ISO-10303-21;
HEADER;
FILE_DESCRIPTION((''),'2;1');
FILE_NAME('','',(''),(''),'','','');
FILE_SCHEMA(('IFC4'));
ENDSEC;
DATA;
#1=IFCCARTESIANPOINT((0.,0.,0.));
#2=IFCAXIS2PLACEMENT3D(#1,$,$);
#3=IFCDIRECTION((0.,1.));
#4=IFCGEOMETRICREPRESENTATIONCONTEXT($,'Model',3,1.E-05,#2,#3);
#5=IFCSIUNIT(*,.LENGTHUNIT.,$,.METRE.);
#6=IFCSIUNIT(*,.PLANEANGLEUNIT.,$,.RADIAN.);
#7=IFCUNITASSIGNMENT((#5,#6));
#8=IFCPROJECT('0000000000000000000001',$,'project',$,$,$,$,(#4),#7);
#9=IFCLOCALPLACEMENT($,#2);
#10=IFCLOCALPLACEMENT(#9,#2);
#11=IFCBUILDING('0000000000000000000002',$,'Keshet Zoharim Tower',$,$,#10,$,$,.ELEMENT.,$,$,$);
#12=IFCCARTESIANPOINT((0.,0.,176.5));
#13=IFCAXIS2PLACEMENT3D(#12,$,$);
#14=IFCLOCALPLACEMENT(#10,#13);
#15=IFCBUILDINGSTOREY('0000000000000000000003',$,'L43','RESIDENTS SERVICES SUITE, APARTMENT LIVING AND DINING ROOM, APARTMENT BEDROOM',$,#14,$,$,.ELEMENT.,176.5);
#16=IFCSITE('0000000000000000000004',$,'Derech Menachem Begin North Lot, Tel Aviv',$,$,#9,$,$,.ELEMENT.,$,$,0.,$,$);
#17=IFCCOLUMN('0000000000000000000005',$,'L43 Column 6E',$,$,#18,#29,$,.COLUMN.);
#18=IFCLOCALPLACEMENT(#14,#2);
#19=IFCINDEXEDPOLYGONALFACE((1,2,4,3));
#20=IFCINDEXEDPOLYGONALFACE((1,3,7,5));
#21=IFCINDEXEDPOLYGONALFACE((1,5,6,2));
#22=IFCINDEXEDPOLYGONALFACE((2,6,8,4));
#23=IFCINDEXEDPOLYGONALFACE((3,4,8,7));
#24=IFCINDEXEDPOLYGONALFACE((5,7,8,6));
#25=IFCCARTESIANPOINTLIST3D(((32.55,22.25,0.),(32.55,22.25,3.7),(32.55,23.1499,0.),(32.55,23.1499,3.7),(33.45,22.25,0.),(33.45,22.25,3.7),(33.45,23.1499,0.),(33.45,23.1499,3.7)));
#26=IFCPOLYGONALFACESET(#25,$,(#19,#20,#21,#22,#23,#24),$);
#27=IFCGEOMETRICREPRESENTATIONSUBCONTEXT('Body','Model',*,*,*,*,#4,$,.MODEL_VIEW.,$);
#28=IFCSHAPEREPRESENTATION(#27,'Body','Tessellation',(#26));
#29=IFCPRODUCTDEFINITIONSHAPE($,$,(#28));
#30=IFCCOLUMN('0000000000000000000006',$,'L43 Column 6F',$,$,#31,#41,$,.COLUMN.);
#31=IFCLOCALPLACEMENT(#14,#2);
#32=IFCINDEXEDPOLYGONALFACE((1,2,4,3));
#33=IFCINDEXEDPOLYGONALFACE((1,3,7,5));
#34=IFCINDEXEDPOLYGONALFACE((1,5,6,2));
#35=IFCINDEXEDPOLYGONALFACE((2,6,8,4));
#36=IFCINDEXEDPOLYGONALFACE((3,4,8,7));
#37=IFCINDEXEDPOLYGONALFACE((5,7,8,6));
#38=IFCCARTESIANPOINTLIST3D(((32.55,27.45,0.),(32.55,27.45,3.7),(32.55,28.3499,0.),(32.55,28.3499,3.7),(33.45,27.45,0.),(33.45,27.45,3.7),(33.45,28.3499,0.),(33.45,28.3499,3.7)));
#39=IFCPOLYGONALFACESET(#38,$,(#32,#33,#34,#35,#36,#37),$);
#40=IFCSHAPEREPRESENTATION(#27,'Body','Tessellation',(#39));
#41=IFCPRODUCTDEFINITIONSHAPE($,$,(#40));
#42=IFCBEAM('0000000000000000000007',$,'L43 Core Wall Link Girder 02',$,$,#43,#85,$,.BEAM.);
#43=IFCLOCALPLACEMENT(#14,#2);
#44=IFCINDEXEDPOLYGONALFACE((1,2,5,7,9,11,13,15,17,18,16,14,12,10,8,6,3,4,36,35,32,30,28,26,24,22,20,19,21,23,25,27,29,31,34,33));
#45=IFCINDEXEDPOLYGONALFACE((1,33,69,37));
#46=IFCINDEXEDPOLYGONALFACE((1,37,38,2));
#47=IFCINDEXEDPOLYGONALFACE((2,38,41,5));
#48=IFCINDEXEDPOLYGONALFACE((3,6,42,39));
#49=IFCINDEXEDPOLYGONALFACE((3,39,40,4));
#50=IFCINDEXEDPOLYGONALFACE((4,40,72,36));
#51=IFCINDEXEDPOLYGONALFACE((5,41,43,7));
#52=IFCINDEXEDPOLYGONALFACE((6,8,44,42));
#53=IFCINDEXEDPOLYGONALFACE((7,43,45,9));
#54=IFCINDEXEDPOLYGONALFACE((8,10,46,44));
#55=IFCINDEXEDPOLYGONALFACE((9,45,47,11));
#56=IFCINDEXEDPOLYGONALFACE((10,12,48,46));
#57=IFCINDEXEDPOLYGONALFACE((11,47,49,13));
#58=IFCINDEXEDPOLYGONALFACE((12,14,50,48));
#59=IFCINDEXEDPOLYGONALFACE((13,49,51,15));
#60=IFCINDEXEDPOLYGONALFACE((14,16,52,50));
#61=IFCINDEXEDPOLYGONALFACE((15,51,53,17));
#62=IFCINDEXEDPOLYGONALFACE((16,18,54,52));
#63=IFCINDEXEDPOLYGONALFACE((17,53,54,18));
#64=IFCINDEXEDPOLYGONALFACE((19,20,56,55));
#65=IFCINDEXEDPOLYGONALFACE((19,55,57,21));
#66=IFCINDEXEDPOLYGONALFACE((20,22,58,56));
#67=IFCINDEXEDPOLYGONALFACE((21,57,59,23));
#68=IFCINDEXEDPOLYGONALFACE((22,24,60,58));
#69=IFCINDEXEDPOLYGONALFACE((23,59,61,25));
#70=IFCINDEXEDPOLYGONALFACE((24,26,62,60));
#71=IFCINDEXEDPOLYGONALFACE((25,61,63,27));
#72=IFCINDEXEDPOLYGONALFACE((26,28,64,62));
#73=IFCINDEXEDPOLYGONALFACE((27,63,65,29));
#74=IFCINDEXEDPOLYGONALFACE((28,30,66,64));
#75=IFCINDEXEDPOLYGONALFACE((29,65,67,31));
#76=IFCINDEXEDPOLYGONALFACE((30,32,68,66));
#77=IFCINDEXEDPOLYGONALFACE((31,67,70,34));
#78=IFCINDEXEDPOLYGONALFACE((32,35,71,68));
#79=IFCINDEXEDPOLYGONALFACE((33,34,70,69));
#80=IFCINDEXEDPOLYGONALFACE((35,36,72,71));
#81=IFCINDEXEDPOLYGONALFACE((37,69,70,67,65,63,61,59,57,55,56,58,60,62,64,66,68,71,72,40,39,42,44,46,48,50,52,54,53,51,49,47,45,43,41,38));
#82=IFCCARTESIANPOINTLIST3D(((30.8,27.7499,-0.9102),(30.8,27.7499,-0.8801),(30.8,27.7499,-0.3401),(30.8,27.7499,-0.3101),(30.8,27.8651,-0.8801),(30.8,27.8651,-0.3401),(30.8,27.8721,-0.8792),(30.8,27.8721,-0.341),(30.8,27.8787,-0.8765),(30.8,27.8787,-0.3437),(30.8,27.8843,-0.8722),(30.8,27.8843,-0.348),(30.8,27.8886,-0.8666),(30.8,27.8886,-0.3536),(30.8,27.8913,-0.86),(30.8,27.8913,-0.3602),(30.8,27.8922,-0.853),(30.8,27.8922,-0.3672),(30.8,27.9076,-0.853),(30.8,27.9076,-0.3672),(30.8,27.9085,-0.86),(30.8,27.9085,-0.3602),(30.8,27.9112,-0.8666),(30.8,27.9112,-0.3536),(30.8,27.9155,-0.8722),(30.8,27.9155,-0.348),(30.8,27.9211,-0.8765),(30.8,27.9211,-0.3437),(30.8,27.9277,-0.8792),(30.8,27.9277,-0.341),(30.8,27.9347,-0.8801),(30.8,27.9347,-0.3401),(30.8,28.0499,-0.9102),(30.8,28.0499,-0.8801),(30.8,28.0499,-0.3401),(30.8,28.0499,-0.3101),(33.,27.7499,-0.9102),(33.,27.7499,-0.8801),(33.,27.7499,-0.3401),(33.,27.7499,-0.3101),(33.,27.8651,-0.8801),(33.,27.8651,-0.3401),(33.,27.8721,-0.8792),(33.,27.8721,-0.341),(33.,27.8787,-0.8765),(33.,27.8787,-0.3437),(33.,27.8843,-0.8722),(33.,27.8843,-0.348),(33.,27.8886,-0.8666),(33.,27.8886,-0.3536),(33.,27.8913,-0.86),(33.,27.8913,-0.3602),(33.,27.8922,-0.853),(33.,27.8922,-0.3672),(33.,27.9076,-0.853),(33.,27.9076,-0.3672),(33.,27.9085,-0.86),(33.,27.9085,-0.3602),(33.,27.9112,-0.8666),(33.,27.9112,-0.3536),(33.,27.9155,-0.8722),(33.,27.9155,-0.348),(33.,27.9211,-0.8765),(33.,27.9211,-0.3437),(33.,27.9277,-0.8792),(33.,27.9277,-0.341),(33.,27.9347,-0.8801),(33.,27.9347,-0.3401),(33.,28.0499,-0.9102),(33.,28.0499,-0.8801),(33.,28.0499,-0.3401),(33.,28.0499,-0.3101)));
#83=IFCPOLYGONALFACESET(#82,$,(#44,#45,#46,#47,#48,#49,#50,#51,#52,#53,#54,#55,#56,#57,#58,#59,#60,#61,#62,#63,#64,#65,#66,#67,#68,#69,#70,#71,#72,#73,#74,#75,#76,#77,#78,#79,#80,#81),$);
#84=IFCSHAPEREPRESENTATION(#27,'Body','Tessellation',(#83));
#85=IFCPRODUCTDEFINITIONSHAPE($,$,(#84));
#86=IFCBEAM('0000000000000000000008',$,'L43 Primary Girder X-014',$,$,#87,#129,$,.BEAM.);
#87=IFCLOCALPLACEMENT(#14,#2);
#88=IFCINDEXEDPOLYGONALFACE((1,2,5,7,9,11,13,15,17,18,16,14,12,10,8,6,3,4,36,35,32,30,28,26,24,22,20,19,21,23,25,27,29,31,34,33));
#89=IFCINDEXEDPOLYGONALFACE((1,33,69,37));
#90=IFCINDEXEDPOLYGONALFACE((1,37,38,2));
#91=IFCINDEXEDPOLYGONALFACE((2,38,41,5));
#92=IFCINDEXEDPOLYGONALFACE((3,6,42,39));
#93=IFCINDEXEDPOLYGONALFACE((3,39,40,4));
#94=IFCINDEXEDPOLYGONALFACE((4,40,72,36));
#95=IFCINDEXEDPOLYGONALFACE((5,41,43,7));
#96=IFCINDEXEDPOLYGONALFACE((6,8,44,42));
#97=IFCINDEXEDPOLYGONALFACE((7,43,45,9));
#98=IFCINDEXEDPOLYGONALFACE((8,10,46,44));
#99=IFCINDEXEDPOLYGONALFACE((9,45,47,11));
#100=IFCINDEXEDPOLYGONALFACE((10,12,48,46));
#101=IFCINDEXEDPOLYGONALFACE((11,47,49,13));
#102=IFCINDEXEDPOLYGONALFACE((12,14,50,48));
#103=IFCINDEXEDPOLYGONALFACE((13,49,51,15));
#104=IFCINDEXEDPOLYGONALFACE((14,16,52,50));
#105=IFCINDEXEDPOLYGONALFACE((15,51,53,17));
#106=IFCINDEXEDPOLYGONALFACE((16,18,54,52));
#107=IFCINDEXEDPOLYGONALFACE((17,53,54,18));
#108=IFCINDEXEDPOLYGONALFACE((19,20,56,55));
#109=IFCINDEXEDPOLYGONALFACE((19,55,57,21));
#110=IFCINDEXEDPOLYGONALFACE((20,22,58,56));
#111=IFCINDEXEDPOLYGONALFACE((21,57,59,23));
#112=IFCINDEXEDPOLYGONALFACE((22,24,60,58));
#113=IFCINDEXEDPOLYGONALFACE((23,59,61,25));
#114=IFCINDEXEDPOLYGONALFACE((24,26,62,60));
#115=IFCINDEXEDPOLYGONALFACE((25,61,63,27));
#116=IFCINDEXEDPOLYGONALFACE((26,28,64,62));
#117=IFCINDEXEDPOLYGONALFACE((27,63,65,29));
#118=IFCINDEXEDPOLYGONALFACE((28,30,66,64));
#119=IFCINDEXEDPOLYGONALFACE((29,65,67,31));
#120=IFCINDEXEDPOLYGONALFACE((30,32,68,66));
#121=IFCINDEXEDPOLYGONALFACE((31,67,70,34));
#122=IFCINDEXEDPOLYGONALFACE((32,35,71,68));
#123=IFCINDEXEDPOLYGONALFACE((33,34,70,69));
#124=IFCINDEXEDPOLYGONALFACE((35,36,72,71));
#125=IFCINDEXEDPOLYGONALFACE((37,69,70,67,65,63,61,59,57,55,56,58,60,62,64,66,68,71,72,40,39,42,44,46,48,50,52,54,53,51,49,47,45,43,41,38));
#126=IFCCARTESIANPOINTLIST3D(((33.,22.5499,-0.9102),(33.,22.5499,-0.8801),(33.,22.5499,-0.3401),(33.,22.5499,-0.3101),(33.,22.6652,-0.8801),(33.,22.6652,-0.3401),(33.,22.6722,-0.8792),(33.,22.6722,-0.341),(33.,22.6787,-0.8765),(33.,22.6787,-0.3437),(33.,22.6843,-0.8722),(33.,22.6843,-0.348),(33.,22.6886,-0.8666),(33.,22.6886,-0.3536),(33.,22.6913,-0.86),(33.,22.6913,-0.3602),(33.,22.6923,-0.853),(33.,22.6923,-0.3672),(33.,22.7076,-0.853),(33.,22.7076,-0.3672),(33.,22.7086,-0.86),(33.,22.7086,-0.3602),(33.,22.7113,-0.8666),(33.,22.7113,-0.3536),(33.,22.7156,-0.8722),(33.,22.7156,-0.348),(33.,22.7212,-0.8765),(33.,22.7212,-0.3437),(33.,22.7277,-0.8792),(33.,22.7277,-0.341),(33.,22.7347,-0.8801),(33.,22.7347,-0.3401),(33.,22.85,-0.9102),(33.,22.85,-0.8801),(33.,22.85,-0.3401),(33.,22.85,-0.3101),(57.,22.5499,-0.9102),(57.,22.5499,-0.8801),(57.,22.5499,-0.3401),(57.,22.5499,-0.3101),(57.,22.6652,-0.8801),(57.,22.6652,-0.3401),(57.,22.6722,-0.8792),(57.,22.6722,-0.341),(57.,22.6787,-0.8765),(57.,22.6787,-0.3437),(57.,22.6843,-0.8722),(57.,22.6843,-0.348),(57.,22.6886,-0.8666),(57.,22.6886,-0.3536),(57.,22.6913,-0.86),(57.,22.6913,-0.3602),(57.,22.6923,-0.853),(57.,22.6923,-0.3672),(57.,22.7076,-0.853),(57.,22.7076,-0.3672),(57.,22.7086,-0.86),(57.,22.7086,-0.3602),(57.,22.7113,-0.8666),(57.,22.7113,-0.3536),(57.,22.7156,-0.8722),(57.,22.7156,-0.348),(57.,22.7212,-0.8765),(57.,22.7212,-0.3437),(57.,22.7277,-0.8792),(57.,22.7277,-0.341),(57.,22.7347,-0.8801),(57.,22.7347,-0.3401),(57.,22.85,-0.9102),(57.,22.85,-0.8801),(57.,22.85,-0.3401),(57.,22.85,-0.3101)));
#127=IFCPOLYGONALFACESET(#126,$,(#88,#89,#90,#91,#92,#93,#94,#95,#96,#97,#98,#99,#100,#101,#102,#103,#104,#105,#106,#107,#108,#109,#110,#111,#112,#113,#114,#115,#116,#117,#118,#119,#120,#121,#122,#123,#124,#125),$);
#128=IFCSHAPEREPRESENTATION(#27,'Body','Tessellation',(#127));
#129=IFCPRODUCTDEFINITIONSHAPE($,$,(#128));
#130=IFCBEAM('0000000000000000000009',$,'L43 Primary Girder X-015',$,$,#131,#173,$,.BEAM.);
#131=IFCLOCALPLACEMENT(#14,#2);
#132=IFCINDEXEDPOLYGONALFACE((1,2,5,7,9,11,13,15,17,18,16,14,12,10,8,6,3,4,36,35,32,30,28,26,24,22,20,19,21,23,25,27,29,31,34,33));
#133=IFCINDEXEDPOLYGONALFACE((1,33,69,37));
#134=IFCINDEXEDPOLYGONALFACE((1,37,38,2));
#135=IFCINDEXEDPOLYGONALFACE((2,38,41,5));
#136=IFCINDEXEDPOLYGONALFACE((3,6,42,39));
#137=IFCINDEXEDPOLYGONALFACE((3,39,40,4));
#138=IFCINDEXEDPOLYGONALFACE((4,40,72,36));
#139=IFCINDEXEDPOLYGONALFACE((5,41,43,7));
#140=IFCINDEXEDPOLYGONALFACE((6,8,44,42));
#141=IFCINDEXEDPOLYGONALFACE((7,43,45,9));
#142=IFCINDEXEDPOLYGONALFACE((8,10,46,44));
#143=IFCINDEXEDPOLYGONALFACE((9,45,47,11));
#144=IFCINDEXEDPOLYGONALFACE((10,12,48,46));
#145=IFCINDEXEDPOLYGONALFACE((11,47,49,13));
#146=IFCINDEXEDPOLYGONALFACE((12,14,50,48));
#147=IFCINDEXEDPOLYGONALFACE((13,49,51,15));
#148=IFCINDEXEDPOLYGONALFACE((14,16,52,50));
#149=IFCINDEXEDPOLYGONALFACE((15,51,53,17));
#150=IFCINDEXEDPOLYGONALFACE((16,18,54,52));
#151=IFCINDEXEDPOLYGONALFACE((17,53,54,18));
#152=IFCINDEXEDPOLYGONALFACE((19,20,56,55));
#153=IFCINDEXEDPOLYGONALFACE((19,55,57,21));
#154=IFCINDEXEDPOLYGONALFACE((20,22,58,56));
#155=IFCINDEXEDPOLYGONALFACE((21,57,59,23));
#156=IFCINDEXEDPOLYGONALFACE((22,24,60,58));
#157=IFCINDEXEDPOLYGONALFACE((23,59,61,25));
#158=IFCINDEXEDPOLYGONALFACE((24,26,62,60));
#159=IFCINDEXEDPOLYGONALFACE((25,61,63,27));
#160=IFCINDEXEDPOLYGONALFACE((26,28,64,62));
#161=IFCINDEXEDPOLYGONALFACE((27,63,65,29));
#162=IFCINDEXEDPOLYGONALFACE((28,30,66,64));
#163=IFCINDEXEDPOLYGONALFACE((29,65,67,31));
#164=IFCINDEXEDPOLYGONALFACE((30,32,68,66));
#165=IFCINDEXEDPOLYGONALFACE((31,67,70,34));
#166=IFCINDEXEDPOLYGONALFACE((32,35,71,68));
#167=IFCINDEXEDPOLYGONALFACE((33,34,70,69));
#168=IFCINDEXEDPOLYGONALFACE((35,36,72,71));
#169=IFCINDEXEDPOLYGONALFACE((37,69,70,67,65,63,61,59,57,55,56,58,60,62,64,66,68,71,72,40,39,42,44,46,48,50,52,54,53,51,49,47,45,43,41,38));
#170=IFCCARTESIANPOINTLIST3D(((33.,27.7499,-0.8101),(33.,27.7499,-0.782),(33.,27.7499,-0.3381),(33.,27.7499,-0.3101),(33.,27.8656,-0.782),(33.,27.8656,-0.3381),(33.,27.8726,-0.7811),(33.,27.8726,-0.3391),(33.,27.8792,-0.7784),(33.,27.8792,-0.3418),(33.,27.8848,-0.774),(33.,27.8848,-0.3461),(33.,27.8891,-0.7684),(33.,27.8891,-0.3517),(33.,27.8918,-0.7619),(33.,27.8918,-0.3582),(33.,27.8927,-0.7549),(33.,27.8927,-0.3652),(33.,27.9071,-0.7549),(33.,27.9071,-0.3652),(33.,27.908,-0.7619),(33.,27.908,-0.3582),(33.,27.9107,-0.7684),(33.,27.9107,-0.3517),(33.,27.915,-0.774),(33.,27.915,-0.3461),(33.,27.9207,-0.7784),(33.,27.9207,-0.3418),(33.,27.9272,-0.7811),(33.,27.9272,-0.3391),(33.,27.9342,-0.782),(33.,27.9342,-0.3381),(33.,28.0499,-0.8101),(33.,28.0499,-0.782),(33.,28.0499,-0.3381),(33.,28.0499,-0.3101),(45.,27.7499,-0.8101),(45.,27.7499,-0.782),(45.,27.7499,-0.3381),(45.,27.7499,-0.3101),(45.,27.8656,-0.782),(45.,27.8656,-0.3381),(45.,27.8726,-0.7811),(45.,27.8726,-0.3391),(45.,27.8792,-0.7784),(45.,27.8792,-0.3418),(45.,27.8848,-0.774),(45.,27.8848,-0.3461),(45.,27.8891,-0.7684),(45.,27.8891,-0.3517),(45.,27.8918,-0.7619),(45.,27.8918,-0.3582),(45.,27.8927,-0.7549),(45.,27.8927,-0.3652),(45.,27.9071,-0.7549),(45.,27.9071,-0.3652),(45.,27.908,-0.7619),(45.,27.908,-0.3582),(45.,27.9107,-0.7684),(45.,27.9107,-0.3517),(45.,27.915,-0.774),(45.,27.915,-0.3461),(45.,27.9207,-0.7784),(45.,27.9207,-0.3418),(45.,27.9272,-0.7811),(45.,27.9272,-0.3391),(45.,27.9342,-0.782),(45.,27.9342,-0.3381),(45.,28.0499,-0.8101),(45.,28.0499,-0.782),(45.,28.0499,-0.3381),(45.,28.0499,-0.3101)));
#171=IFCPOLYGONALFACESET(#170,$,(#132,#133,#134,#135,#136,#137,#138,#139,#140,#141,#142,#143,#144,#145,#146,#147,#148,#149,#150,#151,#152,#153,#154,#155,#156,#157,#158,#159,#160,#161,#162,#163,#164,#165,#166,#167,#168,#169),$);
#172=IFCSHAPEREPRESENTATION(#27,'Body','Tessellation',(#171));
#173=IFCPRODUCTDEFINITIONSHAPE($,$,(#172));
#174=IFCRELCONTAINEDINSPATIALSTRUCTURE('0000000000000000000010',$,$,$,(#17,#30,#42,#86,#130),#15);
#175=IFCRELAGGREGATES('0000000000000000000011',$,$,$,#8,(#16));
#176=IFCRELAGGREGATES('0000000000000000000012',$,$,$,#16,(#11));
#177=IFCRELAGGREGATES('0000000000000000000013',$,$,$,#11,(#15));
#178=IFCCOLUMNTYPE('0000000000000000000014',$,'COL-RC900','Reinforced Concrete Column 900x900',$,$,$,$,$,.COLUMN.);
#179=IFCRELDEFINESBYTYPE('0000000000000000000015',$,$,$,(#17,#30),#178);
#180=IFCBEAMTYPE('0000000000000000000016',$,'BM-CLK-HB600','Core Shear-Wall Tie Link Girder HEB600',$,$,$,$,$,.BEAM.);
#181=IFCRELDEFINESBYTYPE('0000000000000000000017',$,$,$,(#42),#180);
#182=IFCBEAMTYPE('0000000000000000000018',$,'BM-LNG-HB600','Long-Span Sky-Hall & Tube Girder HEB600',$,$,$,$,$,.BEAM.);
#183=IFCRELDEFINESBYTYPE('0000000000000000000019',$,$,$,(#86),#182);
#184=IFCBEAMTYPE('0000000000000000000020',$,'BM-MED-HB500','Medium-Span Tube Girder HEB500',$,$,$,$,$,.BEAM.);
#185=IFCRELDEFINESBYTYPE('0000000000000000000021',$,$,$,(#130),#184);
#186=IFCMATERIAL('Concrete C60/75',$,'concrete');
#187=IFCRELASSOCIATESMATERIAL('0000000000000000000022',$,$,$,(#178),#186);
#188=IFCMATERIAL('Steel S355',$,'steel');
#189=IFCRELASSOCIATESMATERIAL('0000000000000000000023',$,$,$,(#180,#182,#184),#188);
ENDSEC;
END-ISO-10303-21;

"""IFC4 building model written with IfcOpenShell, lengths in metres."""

from ifc_helpers import new_model, si_unit, direction, frame, origin, origin_2d, place, context, subcontext, project, spatial, rectangle, i_section, extrude, material, material_profile, profile_set, type_object, element, save


model = new_model("IFC4")

# Units and contexts
model_context = context("Model", 3, precision=1e-05, world=origin(), true_north=direction((0.0, 1.0)))
body_context = subcontext(model_context, "Body", "Model", "MODEL_VIEW")
ifc_project = project(units=[si_unit("LENGTHUNIT", "METRE"), si_unit("PLANEANGLEUNIT", "RADIAN")], contexts=[model_context])

# Site, building, storey
site_placement = place(None, origin())
site = spatial("IfcSite", under=ifc_project, at=site_placement, Name="Derech Menachem Begin North Lot, Tel Aviv", CompositionType="ELEMENT", RefElevation=0.0)
building_placement = place(site_placement, origin())
building = spatial("IfcBuilding", under=site, at=building_placement, Name="Keshet Zoharim Tower", CompositionType="ELEMENT")
storey_placement = place(building_placement, frame((0.0, 0.0, 176.5)))
storey = spatial("IfcBuildingStorey", under=building, at=storey_placement, Name="L43", Description="RESIDENTS SERVICES SUITE, APARTMENT LIVING AND DINING ROOM, APARTMENT BEDROOM", CompositionType="ELEMENT", Elevation=176.5)

# Columns
ifc_material_1 = material(Name="Concrete C60/75", Category="concrete")
ifc_material_profile_1 = material_profile(ifc_material_1, rectangle(XDim=0.8999, YDim=0.8999, at=origin_2d()), Name="RC900x900")
ifc_profile_set_1 = profile_set([ifc_material_profile_1], Name="Concrete C60/75")
column_type = type_object("IfcColumnType", Name="COL-RC900", Description="Reinforced Concrete Column 900x900", PredefinedType="COLUMN", material=ifc_profile_set_1)
for number, where, z_axis, x_axis, name in (
    (1, (33.0, 22.7, 0.0), (0.0, 0.0, 1.0), (1.0, 0.0, 0.0), "L43 Column 6E"),
    (2, (33.0, 27.8999, 0.0), (0.0, 0.0, 1.0), (1.0, 0.0, 0.0), "L43 Column 6F"),
):
    element("IfcColumn", number, at=place(storey_placement, frame(where, z_axis=z_axis, x_axis=x_axis)), inside=storey, type_object=column_type, Name=name, PredefinedType="COLUMN", context=body_context, shape_type="SweptSolid", body=[
        extrude(rectangle(XDim=0.8999, YDim=0.8999, at=origin_2d()), origin(), (0.0, 0.0, 1.0), 3.7),
    ])

# Beams
ifc_material_2 = material(Name="Steel S355", Category="steel")
ifc_material_profile_2 = material_profile(ifc_material_2, i_section(OverallWidth=0.3, OverallDepth=0.6001, WebThickness=0.0154, FlangeThickness=0.03, FilletRadius=0.0271, at=origin_2d()), Name="HEB600")
ifc_profile_set_2 = profile_set([ifc_material_profile_2], Name="Steel S355")
beam_type_1 = type_object("IfcBeamType", Name="BM-CLK-HB600", Description="Core Shear-Wall Tie Link Girder HEB600", PredefinedType="BEAM", material=ifc_profile_set_2)
beam_1_placement = place(storey_placement, frame((30.8, 27.8999, -0.6101), z_axis=(1.0, 0.0, 0.0), x_axis=(0.0, 1.0, 0.0)))
element("IfcBeam", 3, at=beam_1_placement, inside=storey, type_object=beam_type_1, Name="L43 Core Wall Link Girder 02", PredefinedType="BEAM", context=body_context, shape_type="SweptSolid", body=[
    extrude(i_section(OverallWidth=0.3, OverallDepth=0.6001, WebThickness=0.0154, FlangeThickness=0.03, FilletRadius=0.0271, at=origin_2d()), origin(), (0.0, 0.0, 1.0), 2.2),
])
ifc_material_profile_3 = material_profile(ifc_material_2, i_section(OverallWidth=0.3, OverallDepth=0.6001, WebThickness=0.0154, FlangeThickness=0.03, FilletRadius=0.0271, at=origin_2d()), Name="HEB600")
ifc_profile_set_3 = profile_set([ifc_material_profile_3], Name="Steel S355")
beam_type_2 = type_object("IfcBeamType", Name="BM-LNG-HB600", Description="Long-Span Sky-Hall & Tube Girder HEB600", PredefinedType="BEAM", material=ifc_profile_set_3)
beam_2_placement = place(storey_placement, frame((33.0, 22.7, -0.6101), z_axis=(1.0, 0.0, 0.0), x_axis=(0.0, 1.0, 0.0)))
element("IfcBeam", 4, at=beam_2_placement, inside=storey, type_object=beam_type_2, Name="L43 Primary Girder X-014", PredefinedType="BEAM", context=body_context, shape_type="SweptSolid", body=[
    extrude(i_section(OverallWidth=0.3, OverallDepth=0.6001, WebThickness=0.0154, FlangeThickness=0.03, FilletRadius=0.0271, at=origin_2d()), origin(), (0.0, 0.0, 1.0), 24.0),
])
ifc_material_profile_4 = material_profile(ifc_material_2, i_section(OverallWidth=0.3, OverallDepth=0.5, WebThickness=0.0144, FlangeThickness=0.0281, FilletRadius=0.0271, at=origin_2d()), Name="HEB500")
ifc_profile_set_4 = profile_set([ifc_material_profile_4], Name="Steel S355")
beam_type_3 = type_object("IfcBeamType", Name="BM-MED-HB500", Description="Medium-Span Tube Girder HEB500", PredefinedType="BEAM", material=ifc_profile_set_4)
beam_3_placement = place(storey_placement, frame((33.0, 27.8999, -0.5601), z_axis=(1.0, 0.0, 0.0), x_axis=(0.0, 1.0, 0.0)))
element("IfcBeam", 5, at=beam_3_placement, inside=storey, type_object=beam_type_3, Name="L43 Primary Girder X-015", PredefinedType="BEAM", context=body_context, shape_type="SweptSolid", body=[
    extrude(i_section(OverallWidth=0.3, OverallDepth=0.5, WebThickness=0.0144, FlangeThickness=0.0281, FilletRadius=0.0271, at=origin_2d()), origin(), (0.0, 0.0, 1.0), 12.0),
])

save(model, "model.ifc")
